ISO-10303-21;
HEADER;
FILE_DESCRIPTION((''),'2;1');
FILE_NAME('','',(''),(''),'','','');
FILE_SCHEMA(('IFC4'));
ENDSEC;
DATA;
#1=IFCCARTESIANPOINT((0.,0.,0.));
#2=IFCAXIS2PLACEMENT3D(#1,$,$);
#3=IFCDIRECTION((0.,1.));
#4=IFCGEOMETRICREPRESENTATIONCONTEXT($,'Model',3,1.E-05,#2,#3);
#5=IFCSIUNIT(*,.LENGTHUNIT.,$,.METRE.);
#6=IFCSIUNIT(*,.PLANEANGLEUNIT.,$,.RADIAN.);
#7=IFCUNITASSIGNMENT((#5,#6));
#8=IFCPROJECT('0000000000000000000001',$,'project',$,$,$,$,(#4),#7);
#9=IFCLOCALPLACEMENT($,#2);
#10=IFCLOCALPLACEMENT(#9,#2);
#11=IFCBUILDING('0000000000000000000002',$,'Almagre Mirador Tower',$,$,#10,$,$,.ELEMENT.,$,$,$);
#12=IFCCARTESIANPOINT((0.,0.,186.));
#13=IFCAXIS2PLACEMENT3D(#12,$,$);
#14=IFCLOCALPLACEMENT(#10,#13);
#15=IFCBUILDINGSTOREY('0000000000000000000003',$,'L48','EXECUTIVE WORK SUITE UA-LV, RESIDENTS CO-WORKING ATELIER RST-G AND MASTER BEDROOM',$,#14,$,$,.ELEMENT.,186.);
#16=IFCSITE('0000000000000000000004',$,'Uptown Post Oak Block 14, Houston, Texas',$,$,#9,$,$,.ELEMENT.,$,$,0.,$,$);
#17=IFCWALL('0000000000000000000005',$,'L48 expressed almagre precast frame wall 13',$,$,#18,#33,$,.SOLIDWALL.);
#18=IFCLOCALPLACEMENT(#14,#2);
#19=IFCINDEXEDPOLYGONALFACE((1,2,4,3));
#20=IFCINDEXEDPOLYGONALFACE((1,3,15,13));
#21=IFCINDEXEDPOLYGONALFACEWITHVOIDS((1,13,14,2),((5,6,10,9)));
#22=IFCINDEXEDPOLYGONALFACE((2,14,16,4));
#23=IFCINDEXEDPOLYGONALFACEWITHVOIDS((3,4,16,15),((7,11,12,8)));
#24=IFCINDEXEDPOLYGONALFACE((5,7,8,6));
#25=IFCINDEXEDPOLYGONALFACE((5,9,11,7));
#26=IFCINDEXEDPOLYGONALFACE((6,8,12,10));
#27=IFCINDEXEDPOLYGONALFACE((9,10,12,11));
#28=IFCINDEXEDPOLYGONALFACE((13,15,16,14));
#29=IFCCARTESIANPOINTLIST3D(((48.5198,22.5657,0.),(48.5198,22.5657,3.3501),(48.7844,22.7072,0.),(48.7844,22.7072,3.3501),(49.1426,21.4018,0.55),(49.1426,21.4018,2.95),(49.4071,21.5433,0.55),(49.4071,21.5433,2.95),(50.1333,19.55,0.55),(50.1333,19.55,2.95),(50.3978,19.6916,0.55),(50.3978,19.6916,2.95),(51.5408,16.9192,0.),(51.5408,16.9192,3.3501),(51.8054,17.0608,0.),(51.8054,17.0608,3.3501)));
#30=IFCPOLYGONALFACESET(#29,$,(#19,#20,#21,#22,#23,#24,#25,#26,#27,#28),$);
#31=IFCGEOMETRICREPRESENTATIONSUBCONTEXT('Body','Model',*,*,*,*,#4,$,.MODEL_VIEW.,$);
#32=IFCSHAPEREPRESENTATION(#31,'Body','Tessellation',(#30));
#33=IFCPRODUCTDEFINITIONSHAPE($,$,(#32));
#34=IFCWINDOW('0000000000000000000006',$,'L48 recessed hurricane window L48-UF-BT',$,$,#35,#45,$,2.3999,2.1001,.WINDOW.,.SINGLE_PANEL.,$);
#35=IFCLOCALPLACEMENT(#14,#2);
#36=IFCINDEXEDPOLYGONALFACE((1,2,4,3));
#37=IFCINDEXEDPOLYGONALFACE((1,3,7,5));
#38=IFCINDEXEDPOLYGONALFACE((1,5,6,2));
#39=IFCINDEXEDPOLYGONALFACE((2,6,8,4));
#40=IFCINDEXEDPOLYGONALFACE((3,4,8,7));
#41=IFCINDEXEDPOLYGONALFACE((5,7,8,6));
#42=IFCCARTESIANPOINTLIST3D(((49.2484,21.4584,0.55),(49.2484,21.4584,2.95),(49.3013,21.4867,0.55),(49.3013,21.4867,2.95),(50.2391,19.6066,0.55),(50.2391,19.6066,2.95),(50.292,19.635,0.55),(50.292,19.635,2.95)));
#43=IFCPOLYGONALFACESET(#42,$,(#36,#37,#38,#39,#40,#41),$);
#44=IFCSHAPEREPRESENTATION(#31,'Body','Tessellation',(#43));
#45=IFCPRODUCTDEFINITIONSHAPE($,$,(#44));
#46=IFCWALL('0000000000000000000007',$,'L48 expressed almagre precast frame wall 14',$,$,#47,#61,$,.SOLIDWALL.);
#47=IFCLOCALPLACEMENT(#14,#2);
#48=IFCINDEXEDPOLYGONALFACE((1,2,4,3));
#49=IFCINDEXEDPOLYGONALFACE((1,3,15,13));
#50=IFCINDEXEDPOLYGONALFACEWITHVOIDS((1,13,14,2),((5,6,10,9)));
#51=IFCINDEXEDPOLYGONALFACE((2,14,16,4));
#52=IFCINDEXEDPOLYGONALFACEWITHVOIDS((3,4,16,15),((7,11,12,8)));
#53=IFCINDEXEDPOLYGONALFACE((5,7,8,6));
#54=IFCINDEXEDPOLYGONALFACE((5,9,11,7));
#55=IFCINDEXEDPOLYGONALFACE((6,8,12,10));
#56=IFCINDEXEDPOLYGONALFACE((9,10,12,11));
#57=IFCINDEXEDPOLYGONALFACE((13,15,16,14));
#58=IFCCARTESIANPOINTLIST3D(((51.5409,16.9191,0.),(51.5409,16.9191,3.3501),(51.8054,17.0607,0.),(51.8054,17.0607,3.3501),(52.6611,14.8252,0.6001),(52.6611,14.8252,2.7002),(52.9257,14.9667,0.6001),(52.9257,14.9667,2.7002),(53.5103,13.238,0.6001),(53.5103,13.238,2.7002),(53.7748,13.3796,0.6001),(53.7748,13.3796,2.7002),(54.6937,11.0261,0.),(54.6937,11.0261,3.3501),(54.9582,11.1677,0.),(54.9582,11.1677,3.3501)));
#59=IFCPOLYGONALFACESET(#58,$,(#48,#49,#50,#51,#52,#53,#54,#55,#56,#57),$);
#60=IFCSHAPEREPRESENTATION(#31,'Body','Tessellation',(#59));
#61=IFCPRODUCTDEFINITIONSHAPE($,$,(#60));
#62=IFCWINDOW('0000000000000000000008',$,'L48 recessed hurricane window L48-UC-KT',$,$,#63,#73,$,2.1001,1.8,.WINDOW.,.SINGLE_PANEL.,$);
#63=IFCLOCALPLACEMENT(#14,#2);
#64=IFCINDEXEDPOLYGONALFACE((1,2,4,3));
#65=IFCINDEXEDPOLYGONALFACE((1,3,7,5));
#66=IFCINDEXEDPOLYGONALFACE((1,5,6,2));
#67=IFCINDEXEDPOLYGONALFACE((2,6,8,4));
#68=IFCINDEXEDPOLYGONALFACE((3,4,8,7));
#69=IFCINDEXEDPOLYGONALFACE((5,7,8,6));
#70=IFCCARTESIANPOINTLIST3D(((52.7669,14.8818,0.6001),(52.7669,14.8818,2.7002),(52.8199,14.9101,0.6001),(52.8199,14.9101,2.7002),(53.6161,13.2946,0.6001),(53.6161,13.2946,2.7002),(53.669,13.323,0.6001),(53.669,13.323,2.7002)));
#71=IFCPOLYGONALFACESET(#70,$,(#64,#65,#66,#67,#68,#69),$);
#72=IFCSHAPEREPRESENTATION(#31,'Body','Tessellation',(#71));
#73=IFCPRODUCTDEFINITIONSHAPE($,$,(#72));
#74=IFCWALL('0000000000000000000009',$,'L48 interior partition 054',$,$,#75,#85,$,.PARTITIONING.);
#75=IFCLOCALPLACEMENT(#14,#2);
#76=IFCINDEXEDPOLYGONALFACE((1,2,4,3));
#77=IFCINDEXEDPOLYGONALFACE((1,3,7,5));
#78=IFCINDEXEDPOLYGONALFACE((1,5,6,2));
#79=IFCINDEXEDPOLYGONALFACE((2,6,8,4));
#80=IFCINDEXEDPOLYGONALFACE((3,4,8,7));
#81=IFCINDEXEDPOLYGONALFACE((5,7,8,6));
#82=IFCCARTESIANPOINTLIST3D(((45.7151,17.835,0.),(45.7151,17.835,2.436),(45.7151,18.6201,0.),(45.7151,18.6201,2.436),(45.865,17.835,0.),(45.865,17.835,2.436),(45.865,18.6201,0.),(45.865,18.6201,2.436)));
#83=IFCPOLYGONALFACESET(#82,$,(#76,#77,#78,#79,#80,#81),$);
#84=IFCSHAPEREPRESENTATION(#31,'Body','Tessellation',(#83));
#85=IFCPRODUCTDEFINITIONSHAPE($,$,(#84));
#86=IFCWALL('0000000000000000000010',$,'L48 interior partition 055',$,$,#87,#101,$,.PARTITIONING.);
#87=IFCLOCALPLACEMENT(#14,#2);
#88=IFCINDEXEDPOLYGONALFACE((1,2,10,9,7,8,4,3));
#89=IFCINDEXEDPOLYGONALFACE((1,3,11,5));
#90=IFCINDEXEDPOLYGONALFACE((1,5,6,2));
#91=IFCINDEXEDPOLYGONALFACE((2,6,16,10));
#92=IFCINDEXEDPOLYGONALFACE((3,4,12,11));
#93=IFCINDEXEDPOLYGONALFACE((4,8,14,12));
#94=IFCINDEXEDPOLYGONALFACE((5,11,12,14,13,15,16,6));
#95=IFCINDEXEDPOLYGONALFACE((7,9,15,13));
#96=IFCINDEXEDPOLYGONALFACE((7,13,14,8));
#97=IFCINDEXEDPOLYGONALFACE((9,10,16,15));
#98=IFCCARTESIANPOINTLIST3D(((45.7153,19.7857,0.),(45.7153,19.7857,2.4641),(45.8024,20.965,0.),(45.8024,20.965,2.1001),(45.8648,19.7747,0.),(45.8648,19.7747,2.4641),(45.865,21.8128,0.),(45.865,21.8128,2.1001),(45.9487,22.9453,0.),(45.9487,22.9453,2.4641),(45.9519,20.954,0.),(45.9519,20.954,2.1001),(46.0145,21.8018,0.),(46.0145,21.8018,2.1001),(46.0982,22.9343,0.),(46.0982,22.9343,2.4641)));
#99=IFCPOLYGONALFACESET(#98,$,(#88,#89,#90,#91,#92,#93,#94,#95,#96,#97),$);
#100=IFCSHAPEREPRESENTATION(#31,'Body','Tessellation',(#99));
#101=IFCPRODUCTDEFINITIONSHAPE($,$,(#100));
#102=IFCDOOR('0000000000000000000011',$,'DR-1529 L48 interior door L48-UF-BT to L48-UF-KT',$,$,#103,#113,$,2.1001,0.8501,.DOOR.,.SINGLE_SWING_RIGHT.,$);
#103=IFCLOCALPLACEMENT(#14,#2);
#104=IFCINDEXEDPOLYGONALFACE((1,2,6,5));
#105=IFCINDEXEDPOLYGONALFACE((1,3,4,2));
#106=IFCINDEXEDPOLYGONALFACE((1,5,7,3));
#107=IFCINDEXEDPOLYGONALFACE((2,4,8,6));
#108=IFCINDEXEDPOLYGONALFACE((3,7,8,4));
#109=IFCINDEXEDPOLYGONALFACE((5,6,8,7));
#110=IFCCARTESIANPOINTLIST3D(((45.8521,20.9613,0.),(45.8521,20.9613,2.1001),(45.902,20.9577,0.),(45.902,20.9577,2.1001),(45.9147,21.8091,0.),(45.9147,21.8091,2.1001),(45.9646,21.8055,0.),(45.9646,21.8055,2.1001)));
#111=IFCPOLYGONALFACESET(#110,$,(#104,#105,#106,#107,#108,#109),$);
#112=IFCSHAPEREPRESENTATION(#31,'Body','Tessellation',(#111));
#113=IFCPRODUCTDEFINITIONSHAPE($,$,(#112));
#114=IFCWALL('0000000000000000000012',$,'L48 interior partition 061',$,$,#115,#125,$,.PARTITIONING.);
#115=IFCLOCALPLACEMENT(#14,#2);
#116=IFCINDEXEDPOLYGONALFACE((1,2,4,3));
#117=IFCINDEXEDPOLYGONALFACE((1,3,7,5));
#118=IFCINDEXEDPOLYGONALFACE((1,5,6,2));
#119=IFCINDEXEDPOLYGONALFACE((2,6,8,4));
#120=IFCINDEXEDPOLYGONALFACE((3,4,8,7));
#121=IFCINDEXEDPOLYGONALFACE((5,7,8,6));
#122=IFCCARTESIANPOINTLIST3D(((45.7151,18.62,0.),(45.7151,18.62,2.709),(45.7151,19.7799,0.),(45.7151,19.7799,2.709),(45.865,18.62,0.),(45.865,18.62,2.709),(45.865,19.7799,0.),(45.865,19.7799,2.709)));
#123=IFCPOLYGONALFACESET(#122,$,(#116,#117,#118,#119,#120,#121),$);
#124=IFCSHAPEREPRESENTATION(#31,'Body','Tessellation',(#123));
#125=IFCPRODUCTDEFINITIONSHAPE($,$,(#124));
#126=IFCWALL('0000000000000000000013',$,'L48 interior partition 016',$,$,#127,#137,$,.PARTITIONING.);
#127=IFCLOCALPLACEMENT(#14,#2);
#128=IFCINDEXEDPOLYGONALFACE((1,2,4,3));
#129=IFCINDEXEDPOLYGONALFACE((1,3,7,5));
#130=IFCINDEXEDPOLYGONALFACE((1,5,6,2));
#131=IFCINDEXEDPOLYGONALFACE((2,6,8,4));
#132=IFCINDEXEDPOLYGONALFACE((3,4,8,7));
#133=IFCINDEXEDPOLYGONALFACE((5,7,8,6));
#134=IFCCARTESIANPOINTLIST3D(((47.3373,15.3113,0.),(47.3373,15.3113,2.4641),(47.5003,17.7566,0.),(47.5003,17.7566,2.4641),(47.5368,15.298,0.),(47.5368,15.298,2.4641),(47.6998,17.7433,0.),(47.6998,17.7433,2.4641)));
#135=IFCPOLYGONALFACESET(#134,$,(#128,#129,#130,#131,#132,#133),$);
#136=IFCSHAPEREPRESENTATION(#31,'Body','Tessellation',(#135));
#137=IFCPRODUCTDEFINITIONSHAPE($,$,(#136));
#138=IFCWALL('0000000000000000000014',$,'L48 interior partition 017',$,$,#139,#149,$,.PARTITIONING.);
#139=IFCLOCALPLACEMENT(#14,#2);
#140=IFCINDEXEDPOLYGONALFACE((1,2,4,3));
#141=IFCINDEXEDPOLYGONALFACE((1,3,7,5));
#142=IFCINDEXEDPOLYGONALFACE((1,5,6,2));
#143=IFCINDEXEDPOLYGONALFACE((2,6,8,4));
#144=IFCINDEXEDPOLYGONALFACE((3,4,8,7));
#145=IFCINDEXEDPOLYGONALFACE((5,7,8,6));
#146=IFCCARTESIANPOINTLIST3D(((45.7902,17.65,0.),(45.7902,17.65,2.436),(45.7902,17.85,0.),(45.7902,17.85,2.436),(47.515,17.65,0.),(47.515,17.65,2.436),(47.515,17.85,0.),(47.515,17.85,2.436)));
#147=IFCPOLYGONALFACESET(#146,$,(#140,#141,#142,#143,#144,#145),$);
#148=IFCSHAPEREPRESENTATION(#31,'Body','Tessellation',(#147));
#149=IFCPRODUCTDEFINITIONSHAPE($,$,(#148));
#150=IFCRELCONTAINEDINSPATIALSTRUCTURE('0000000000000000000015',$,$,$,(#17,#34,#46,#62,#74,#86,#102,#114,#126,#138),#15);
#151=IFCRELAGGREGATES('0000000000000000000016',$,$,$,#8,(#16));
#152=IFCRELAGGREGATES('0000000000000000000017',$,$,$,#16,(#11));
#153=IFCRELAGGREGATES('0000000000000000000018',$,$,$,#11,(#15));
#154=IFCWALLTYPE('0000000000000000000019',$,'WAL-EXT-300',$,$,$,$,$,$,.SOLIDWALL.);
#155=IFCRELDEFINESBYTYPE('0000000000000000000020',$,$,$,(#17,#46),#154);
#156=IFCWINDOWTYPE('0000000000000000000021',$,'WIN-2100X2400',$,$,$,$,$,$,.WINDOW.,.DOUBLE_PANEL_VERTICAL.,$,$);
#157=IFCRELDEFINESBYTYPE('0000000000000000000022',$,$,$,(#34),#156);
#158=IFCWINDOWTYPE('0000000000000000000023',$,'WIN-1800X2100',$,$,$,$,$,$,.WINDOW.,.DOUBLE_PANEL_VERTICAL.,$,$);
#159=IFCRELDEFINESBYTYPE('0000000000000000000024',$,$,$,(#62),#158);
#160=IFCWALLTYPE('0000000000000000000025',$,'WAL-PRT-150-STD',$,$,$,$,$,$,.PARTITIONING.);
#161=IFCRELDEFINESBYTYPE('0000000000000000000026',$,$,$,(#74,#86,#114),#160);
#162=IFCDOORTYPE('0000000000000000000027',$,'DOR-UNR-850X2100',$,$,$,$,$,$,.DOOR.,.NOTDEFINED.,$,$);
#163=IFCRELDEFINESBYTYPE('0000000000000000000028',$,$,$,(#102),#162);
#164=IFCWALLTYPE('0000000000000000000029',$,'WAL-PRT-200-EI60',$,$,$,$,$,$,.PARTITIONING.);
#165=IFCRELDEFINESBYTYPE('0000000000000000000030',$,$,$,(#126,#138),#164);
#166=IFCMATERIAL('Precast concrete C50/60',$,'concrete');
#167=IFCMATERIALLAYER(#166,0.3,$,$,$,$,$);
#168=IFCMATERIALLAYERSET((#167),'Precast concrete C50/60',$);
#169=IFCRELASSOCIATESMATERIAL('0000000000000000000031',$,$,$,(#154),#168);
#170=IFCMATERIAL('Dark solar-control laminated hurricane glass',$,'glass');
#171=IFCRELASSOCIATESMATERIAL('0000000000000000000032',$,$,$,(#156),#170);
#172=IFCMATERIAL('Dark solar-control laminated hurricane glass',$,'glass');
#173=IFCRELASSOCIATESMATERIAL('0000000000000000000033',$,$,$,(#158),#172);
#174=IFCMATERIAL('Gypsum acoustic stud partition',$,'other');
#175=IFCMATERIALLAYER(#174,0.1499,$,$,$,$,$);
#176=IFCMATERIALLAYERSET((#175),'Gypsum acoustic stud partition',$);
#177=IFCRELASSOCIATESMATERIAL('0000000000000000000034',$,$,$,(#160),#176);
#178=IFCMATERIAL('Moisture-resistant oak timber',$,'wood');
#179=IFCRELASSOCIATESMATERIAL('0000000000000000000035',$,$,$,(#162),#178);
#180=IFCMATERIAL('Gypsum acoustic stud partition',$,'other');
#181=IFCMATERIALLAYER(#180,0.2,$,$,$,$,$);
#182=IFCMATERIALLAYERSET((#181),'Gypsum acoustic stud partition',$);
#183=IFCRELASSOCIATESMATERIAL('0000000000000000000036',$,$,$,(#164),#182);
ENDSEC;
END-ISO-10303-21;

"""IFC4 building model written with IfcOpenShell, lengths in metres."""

from ifc_helpers import new_model, si_unit, direction, frame, frame_2d, origin, place, context, subcontext, project, spatial, rectangle, extrude, material, layer, layer_set, type_object, element, fill, save


model = new_model("IFC4")

# Units and contexts
model_context = context("Model", 3, precision=1e-05, world=origin(), true_north=direction((0.0, 1.0)))
body_context = subcontext(model_context, "Body", "Model", "MODEL_VIEW")
ifc_project = project(units=[si_unit("LENGTHUNIT", "METRE"), si_unit("PLANEANGLEUNIT", "RADIAN")], contexts=[model_context])

# Site, building, storey
site_placement = place(None, origin())
site = spatial("IfcSite", under=ifc_project, at=site_placement, Name="Uptown Post Oak Block 14, Houston, Texas", CompositionType="ELEMENT", RefElevation=0.0)
building_placement = place(site_placement, origin())
building = spatial("IfcBuilding", under=site, at=building_placement, Name="Almagre Mirador Tower", CompositionType="ELEMENT")
storey_placement = place(building_placement, frame((0.0, 0.0, 186.0)))
storey = spatial("IfcBuildingStorey", under=building, at=storey_placement, Name="L48", Description="EXECUTIVE WORK SUITE UA-LV, RESIDENTS CO-WORKING ATELIER RST-G AND MASTER BEDROOM", CompositionType="ELEMENT", Elevation=186.0)

# Shared definitions
ifc_material_1 = material(Name="Precast concrete C50/60", Category="concrete")
ifc_layer_1 = layer(ifc_material_1, 0.3)
ifc_layer_set_1 = layer_set([ifc_layer_1], Name="Precast concrete C50/60")
wall_type_1 = type_object("IfcWallType", Name="WAL-EXT-300", PredefinedType="SOLIDWALL", material=ifc_layer_set_1)

# Walls, openings, windows
wall_1_placement = place(storey_placement, frame((48.6521, 22.6365, 0.0), z_axis=(0.0, 0.0, 1.0), x_axis=(0.471747, -0.881734, 0.0)))
wall_1 = element("IfcWall", 1, at=wall_1_placement, inside=storey, type_object=wall_type_1, Name="L48 expressed almagre precast frame wall 13", PredefinedType="SOLIDWALL", context=body_context, shape_type="SweptSolid", body=[
    extrude(rectangle(XDim=6.4038, YDim=0.3, at=frame_2d((3.2019, 0.0))), origin(), (0.0, 0.0, 1.0), 3.3501),
])
opening_1_placement = place(wall_1_placement, frame((1.3201, 0.0, 0.55)))
opening_1 = element("IfcOpeningElement", 2, at=opening_1_placement, cuts=wall_1, PredefinedType="OPENING", context=body_context, shape_type="SweptSolid", body=[
    extrude(rectangle(XDim=2.1001, YDim=2.3999, at=frame_2d((1.05, 1.2))), frame((0.0, 0.1599, 0.0), z_axis=(0.0, -1.0, 0.0), x_axis=(1.0, 0.0, 0.0)), (0.0, 0.0, 1.0), 0.32),
])
ifc_material_2 = material(Name="Dark solar-control laminated hurricane glass", Category="glass")
window_type_1 = type_object("IfcWindowType", Name="WIN-2100X2400", PartitioningType="DOUBLE_PANEL_VERTICAL", PredefinedType="WINDOW", material=ifc_material_2)
window_1_placement = place(opening_1_placement, origin())
window_1 = element("IfcWindow", 3, at=window_1_placement, inside=storey, type_object=window_type_1, Name="L48 recessed hurricane window L48-UF-BT", OverallHeight=2.3999, OverallWidth=2.1001, PartitioningType="SINGLE_PANEL", PredefinedType="WINDOW", context=body_context, shape_type="SweptSolid", body=[
    extrude(rectangle(XDim=2.1001, YDim=2.3999, at=frame_2d((1.05, 1.2))), frame((0.0, 0.03, 0.0), z_axis=(0.0, -1.0, 0.0), x_axis=(1.0, 0.0, 0.0)), (0.0, 0.0, 1.0), 0.0601),
])
fill(opening_1, window_1)
wall_2_placement = place(storey_placement, frame((51.6731, 16.99, 0.0), z_axis=(0.0, 0.0, 1.0), x_axis=(0.471737, -0.881739, 0.0)))
wall_2 = element("IfcWall", 4, at=wall_2_placement, inside=storey, type_object=wall_type_1, Name="L48 expressed almagre precast frame wall 14", PredefinedType="SOLIDWALL", context=body_context, shape_type="SweptSolid", body=[
    extrude(rectangle(XDim=6.6833, YDim=0.3, at=frame_2d((3.3418, 0.0))), origin(), (0.0, 0.0, 1.0), 3.3501),
])
opening_2_placement = place(wall_2_placement, frame((2.375, 0.0, 0.6001)))
opening_2 = element("IfcOpeningElement", 5, at=opening_2_placement, cuts=wall_2, PredefinedType="OPENING", context=body_context, shape_type="SweptSolid", body=[
    extrude(rectangle(XDim=1.8, YDim=2.1001, at=frame_2d((0.8999, 1.05))), frame((0.0, 0.1599, 0.0), z_axis=(0.0, -1.0, 0.0), x_axis=(1.0, 0.0, 0.0)), (0.0, 0.0, 1.0), 0.32),
])
ifc_material_3 = material(Name="Dark solar-control laminated hurricane glass", Category="glass")
window_type_2 = type_object("IfcWindowType", Name="WIN-1800X2100", PartitioningType="DOUBLE_PANEL_VERTICAL", PredefinedType="WINDOW", material=ifc_material_3)
window_2_placement = place(opening_2_placement, origin())
window_2 = element("IfcWindow", 6, at=window_2_placement, inside=storey, type_object=window_type_2, Name="L48 recessed hurricane window L48-UC-KT", OverallHeight=2.1001, OverallWidth=1.8, PartitioningType="SINGLE_PANEL", PredefinedType="WINDOW", context=body_context, shape_type="SweptSolid", body=[
    extrude(rectangle(XDim=1.8, YDim=2.1001, at=frame_2d((0.8999, 1.05))), frame((0.0, 0.03, 0.0), z_axis=(0.0, -1.0, 0.0), x_axis=(1.0, 0.0, 0.0)), (0.0, 0.0, 1.0), 0.0601),
])
fill(opening_2, window_2)

# Wall
ifc_material_4 = material(Name="Gypsum acoustic stud partition", Category="other")
ifc_layer_2 = layer(ifc_material_4, 0.1499)
ifc_layer_set_2 = layer_set([ifc_layer_2], Name="Gypsum acoustic stud partition")
wall_type_2 = type_object("IfcWallType", Name="WAL-PRT-150-STD", PredefinedType="PARTITIONING", material=ifc_layer_set_2)
wall_3_placement = place(storey_placement, frame((45.79, 18.6201, 0.0), z_axis=(0.0, 0.0, 1.0), x_axis=(0.0, -1.0, 0.0)))
element("IfcWall", 7, at=wall_3_placement, inside=storey, type_object=wall_type_2, Name="L48 interior partition 054", PredefinedType="PARTITIONING", context=body_context, shape_type="SweptSolid", body=[
    extrude(rectangle(XDim=0.7852, YDim=0.1499, at=frame_2d((0.3926, 0.0))), origin(), (0.0, 0.0, 1.0), 2.436),
])

# Wall, opening, door
wall_4_placement = place(storey_placement, frame((46.0234, 22.9397, 0.0), z_axis=(0.0, 0.0, 1.0), x_axis=(-0.073667, -0.997283, 0.0)))
wall_4 = element("IfcWall", 8, at=wall_4_placement, inside=storey, type_object=wall_type_2, Name="L48 interior partition 055", PredefinedType="PARTITIONING", context=body_context, shape_type="SweptSolid", body=[
    extrude(rectangle(XDim=3.1682, YDim=0.1499, at=frame_2d((1.584, 0.0))), origin(), (0.0, 0.0, 1.0), 2.4641),
])
opening_3_placement = place(wall_4_placement, frame((1.1355, 0.0, 0.0)))
opening_3 = element("IfcOpeningElement", 9, at=opening_3_placement, cuts=wall_4, PredefinedType="OPENING", context=body_context, shape_type="SweptSolid", body=[
    extrude(rectangle(XDim=0.8501, YDim=2.1001, at=frame_2d((0.425, 1.05))), frame((0.0, 0.085, 0.0), z_axis=(0.0, -1.0, 0.0), x_axis=(1.0, 0.0, 0.0)), (0.0, 0.0, 1.0), 0.1699),
])
ifc_material_5 = material(Name="Moisture-resistant oak timber", Category="wood")
door_type_1 = type_object("IfcDoorType", Name="DOR-UNR-850X2100", OperationType="NOTDEFINED", PredefinedType="DOOR", material=ifc_material_5)
door_1_placement = place(opening_3_placement, origin())
door_1 = element("IfcDoor", 10, at=door_1_placement, inside=storey, type_object=door_type_1, Name="DR-1529 L48 interior door L48-UF-BT to L48-UF-KT", OperationType="SINGLE_SWING_RIGHT", OverallHeight=2.1001, OverallWidth=0.8501, PredefinedType="DOOR", context=body_context, shape_type="SweptSolid", body=[
    extrude(rectangle(XDim=0.8501, YDim=2.1001, at=frame_2d((0.425, 1.05))), frame((0.0, 0.0249, 0.0), z_axis=(0.0, -1.0, 0.0), x_axis=(1.0, 0.0, 0.0)), (0.0, 0.0, 1.0), 0.05),
])
fill(opening_3, door_1)

# Walls
wall_5_placement = place(storey_placement, frame((45.79, 19.78, 0.0), z_axis=(0.0, 0.0, 1.0), x_axis=(0.0, -1.0, 0.0)))
element("IfcWall", 11, at=wall_5_placement, inside=storey, type_object=wall_type_2, Name="L48 interior partition 061", PredefinedType="PARTITIONING", context=body_context, shape_type="SweptSolid", body=[
    extrude(rectangle(XDim=1.1599, YDim=0.1499, at=frame_2d((0.5801, 0.0))), origin(), (0.0, 0.0, 1.0), 2.709),
])
ifc_material_6 = material(Name="Gypsum acoustic stud partition", Category="other")
ifc_layer_3 = layer(ifc_material_6, 0.2)
ifc_layer_set_3 = layer_set([ifc_layer_3], Name="Gypsum acoustic stud partition")
wall_type_3 = type_object("IfcWallType", Name="WAL-PRT-200-EI60", PredefinedType="PARTITIONING", material=ifc_layer_set_3)
wall_6_placement = place(storey_placement, frame((47.437, 15.3047, 0.0), z_axis=(0.0, 0.0, 1.0), x_axis=(0.066545, 0.997783, 0.0)))
element("IfcWall", 12, at=wall_6_placement, inside=storey, type_object=wall_type_3, Name="L48 interior partition 016", PredefinedType="PARTITIONING", context=body_context, shape_type="SweptSolid", body=[
    extrude(rectangle(XDim=2.4507, YDim=0.2, at=frame_2d((1.2253, 0.0))), origin(), (0.0, 0.0, 1.0), 2.4641),
])
wall_7_placement = place(storey_placement, frame((47.5149, 17.75, 0.0), z_axis=(0.0, 0.0, 1.0), x_axis=(-1.0, 0.0, 0.0)))
element("IfcWall", 13, at=wall_7_placement, inside=storey, type_object=wall_type_3, Name="L48 interior partition 017", PredefinedType="PARTITIONING", context=body_context, shape_type="SweptSolid", body=[
    extrude(rectangle(XDim=1.7249, YDim=0.2, at=frame_2d((0.8623, 0.0))), origin(), (0.0, 0.0, 1.0), 2.436),
])

save(model, "model.ifc")
